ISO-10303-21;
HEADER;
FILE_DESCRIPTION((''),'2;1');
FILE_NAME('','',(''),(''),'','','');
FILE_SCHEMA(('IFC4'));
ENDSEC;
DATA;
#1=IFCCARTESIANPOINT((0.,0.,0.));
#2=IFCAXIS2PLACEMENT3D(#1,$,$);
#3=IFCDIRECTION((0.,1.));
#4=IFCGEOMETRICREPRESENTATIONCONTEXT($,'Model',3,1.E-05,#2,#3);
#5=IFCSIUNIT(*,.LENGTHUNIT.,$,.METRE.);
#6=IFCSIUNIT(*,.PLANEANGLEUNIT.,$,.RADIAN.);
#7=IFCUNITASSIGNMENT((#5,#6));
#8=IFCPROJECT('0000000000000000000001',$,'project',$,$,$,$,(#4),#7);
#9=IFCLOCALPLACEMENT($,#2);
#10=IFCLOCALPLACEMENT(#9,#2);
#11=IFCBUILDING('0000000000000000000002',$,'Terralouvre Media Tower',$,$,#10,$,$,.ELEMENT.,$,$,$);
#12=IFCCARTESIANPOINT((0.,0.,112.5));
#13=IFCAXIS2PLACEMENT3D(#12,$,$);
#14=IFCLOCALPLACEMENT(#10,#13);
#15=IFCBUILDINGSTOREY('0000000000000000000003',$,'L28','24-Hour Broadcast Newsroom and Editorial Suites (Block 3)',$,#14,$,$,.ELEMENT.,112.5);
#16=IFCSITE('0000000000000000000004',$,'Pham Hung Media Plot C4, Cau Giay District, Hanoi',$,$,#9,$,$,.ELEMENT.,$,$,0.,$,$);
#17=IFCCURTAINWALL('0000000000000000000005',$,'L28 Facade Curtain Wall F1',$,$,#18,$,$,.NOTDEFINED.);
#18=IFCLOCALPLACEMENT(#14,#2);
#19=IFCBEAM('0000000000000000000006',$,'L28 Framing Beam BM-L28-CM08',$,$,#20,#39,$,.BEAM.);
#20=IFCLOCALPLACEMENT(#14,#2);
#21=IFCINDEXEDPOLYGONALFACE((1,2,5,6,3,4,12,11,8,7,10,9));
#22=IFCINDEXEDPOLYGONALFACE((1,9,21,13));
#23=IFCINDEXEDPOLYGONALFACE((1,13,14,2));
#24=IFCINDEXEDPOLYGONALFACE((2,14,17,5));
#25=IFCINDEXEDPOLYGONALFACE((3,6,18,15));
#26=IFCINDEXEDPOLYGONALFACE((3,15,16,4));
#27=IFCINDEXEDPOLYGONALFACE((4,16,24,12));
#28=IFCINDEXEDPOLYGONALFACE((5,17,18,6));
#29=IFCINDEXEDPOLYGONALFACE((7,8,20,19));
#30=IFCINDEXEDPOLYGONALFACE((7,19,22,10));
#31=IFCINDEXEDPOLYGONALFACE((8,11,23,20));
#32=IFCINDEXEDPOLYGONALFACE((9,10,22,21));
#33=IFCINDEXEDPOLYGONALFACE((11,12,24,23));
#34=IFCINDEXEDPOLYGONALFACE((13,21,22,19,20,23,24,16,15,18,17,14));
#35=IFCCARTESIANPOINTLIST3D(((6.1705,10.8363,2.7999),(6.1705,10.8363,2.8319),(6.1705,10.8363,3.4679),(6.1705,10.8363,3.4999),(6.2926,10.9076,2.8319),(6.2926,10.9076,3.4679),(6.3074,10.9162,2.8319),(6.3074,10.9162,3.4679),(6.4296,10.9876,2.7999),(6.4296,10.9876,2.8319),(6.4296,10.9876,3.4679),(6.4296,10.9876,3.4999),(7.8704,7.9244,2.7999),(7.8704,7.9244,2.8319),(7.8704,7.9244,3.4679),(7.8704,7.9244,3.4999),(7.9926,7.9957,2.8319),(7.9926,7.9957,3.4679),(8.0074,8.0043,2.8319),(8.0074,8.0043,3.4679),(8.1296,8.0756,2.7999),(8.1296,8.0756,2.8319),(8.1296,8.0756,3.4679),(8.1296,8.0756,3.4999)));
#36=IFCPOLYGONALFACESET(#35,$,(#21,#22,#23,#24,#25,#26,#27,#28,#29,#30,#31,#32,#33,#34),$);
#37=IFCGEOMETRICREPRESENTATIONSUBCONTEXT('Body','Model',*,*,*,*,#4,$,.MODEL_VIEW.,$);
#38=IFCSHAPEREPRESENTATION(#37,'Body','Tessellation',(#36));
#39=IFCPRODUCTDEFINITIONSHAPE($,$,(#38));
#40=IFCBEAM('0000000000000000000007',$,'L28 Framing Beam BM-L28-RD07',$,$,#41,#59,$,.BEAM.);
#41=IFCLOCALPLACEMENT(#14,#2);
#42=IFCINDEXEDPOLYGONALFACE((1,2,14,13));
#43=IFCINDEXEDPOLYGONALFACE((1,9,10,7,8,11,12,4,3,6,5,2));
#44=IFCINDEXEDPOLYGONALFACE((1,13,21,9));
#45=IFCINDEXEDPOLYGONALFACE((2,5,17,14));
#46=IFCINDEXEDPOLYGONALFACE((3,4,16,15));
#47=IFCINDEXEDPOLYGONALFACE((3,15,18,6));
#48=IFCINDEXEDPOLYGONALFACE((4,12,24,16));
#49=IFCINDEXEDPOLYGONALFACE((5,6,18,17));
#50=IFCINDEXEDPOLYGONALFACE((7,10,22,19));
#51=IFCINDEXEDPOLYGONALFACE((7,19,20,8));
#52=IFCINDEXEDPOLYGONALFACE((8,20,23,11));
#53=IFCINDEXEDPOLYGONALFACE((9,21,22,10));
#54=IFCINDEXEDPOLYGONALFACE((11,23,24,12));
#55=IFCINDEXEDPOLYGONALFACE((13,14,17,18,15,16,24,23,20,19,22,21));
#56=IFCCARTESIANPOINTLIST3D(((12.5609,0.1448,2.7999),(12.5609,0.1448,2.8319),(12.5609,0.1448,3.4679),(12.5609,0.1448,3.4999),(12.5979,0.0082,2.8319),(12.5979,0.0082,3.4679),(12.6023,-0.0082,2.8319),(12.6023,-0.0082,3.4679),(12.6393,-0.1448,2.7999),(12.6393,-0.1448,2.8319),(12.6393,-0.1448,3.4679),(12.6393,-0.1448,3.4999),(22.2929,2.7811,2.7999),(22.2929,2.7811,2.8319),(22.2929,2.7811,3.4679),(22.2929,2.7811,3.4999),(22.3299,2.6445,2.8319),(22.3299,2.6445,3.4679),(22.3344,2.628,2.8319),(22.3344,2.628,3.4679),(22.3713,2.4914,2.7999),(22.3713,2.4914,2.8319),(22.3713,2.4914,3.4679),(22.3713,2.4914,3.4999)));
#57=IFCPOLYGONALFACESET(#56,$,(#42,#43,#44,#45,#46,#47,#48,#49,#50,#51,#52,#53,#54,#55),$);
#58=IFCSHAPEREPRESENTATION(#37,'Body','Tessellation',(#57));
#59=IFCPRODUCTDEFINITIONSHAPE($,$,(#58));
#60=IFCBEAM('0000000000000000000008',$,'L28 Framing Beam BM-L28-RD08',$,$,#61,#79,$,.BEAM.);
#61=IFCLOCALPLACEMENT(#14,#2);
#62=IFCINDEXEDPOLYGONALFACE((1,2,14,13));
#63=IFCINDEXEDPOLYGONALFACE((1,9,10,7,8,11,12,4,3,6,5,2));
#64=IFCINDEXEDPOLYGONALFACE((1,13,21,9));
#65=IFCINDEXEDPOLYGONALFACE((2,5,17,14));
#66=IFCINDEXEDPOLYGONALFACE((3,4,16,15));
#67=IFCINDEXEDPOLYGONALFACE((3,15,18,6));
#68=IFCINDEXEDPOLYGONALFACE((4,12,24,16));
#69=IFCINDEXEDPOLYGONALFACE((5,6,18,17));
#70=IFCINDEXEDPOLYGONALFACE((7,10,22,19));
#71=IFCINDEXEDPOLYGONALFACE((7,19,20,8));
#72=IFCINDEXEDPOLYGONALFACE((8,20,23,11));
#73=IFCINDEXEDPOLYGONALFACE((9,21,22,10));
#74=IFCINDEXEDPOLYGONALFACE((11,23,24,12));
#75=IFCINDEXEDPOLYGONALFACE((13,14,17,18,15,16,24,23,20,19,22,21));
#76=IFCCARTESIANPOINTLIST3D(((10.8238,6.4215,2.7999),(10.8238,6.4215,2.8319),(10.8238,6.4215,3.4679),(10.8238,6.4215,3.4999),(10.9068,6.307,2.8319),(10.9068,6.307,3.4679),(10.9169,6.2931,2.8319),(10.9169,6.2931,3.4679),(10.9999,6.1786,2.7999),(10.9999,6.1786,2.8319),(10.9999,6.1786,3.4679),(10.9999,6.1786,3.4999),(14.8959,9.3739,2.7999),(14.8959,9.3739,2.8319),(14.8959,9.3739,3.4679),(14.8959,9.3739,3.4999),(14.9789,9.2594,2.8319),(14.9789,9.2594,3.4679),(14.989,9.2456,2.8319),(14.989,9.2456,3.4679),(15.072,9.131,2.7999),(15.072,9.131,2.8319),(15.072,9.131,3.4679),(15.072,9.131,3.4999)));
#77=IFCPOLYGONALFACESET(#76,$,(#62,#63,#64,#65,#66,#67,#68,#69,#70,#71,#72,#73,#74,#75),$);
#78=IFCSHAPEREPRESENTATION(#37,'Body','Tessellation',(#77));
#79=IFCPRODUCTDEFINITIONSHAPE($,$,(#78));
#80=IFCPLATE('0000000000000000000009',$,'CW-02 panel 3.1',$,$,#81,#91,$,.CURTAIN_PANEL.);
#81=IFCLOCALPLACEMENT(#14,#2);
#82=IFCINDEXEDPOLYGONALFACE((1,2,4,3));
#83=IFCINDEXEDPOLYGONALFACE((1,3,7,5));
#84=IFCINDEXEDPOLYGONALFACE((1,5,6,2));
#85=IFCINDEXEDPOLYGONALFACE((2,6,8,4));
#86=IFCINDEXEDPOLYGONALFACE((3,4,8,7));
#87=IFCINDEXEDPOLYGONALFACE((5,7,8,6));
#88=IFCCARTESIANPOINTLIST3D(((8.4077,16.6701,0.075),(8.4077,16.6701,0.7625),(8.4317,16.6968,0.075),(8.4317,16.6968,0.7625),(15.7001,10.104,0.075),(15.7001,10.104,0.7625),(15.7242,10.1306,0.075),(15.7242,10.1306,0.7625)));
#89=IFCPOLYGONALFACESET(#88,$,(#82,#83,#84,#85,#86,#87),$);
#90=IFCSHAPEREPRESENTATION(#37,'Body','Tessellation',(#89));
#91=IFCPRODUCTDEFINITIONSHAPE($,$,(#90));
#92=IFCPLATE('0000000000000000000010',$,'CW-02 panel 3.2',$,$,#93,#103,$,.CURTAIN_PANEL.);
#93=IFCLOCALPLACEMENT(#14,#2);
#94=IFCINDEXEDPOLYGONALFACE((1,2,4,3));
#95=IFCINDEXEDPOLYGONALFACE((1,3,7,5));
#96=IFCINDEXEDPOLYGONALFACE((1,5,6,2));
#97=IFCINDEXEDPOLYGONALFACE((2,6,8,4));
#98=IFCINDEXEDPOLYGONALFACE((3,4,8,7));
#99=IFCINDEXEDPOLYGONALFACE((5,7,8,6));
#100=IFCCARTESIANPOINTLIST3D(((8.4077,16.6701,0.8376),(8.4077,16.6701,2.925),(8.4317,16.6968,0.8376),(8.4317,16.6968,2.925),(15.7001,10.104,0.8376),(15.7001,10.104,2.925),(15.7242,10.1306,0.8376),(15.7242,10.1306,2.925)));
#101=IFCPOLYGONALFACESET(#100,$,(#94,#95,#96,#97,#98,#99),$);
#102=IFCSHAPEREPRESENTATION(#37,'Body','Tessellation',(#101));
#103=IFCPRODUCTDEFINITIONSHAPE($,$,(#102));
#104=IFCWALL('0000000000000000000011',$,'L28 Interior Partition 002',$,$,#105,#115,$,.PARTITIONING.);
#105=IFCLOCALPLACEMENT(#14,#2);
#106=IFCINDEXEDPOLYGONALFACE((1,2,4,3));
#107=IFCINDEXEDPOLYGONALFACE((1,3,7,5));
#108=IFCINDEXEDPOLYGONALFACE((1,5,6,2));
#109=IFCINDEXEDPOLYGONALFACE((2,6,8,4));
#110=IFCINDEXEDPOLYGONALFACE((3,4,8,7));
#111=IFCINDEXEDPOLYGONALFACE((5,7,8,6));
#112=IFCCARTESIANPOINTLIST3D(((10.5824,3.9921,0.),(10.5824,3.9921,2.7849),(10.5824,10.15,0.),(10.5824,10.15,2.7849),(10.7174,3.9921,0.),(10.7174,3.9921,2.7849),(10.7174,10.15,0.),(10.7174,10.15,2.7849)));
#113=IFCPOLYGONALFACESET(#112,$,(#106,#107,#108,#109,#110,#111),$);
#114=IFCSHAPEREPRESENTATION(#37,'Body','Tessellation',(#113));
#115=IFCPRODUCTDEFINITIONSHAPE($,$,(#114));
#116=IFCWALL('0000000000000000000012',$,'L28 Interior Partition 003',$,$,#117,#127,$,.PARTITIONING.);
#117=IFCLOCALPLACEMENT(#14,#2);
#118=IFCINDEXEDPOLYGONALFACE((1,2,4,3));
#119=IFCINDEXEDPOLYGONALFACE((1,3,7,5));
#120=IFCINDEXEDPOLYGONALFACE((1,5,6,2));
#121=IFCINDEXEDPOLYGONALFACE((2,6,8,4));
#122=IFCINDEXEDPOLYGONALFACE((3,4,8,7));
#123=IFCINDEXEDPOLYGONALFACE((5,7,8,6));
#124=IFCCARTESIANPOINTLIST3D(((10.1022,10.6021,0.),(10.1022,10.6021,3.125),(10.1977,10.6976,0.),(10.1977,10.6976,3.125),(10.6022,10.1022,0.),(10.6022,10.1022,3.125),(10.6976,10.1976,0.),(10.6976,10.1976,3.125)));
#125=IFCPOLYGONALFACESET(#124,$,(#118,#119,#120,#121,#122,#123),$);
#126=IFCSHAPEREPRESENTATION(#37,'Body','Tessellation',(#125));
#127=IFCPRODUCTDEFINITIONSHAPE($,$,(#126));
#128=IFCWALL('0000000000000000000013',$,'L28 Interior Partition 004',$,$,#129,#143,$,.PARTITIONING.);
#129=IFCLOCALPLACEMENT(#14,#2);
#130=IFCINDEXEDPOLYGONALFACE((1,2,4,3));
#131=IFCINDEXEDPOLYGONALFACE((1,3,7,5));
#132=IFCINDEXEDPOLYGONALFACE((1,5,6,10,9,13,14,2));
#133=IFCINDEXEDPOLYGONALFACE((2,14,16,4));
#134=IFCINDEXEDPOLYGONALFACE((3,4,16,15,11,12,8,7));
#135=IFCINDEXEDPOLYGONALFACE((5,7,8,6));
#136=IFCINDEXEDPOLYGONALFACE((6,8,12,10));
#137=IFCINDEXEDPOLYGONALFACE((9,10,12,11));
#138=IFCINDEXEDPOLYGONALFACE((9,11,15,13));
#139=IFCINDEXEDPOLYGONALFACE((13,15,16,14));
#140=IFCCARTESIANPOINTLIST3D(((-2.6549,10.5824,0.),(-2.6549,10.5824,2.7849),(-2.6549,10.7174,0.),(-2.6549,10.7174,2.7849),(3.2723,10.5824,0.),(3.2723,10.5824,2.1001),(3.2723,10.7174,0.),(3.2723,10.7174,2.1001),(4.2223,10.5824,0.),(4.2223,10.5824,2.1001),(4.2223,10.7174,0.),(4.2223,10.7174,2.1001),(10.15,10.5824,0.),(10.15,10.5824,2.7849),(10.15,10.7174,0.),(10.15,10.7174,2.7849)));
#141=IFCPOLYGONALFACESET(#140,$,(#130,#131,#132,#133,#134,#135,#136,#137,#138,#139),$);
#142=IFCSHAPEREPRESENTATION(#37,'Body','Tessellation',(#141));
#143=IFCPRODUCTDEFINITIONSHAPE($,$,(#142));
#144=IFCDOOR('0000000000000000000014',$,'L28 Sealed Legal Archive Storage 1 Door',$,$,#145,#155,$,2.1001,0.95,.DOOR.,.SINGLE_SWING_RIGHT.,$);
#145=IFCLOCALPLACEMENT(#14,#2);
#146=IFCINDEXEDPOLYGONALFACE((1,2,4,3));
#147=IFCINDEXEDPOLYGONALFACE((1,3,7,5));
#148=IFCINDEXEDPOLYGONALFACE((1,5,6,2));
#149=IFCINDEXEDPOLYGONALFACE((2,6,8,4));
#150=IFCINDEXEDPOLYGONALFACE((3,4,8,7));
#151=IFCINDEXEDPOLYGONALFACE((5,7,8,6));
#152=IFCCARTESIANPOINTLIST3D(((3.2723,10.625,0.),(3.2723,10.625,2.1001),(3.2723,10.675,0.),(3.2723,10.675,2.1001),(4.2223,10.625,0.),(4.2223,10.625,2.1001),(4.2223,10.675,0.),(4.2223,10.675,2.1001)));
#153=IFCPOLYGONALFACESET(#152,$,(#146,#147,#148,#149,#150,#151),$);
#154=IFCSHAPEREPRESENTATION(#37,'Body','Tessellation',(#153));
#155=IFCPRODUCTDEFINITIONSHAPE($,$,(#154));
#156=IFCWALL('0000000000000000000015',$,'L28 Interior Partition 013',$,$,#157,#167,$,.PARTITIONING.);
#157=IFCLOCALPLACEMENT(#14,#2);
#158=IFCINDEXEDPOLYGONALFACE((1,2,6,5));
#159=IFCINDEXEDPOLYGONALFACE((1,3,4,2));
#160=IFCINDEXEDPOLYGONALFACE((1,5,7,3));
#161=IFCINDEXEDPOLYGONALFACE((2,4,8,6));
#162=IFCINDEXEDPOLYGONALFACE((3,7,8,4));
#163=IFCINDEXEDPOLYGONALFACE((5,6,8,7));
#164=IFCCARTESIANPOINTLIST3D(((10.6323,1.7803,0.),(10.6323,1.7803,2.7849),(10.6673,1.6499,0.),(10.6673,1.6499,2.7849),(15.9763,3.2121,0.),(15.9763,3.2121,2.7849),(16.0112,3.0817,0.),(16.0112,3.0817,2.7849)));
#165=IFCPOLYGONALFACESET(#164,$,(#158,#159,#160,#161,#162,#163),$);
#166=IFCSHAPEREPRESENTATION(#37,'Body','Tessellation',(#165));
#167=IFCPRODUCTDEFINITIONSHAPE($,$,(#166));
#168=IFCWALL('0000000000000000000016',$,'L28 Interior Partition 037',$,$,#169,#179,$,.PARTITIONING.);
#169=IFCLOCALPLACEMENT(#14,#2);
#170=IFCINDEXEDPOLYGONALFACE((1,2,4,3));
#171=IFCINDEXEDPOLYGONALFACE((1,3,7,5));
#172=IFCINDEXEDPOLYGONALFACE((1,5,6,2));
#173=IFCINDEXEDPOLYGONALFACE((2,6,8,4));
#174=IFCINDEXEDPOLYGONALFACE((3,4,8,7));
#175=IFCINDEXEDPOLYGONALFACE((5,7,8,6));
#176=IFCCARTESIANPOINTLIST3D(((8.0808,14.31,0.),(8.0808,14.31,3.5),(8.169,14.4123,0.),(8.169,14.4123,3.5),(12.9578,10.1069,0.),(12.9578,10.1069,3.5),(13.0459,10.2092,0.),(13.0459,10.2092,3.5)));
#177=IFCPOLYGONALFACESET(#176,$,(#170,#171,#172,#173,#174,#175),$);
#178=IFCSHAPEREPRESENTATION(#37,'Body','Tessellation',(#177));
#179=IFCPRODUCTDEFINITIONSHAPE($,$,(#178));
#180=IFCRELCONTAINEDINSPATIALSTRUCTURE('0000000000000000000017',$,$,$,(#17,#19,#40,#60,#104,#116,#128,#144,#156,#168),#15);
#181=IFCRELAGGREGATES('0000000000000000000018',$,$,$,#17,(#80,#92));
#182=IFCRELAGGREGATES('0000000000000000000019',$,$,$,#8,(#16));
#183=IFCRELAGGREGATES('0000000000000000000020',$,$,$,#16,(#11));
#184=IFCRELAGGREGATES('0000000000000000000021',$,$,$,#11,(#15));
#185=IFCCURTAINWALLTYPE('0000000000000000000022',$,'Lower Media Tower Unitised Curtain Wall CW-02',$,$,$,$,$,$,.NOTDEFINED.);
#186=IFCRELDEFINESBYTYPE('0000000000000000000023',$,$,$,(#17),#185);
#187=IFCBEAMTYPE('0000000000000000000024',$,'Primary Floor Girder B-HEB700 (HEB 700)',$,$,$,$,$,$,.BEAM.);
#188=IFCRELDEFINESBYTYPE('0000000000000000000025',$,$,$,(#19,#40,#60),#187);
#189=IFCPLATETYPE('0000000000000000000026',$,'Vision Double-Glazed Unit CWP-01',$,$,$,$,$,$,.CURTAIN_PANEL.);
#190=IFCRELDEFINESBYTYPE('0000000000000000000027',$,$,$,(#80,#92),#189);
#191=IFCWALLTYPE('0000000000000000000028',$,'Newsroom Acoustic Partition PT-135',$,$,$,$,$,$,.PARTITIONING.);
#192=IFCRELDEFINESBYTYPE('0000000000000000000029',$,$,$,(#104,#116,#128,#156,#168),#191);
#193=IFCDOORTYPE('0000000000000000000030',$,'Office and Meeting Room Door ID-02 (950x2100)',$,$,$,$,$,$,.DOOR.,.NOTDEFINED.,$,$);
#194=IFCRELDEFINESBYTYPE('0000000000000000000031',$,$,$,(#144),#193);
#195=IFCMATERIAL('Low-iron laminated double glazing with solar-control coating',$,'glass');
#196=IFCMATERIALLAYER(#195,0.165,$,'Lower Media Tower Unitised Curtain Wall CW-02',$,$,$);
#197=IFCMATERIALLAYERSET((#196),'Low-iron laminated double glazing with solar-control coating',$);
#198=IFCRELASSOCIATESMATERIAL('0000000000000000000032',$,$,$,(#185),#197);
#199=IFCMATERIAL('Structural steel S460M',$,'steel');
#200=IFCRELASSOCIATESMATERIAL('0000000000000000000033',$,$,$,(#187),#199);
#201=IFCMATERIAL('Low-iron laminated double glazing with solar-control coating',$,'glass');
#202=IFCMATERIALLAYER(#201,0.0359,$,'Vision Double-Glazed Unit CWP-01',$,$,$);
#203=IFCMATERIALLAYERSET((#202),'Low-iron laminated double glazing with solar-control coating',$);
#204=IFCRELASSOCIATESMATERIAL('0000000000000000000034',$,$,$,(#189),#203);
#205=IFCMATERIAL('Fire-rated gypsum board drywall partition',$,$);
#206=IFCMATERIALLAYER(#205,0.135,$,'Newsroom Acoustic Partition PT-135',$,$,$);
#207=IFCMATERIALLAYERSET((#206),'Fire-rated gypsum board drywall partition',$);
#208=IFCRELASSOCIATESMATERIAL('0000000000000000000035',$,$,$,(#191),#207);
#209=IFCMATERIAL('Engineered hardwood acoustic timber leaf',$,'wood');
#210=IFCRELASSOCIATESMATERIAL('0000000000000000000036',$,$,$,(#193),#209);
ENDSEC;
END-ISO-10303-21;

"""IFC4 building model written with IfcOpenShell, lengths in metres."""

from ifc_helpers import new_model, si_unit, direction, frame, frame_2d, origin, origin_2d, place, context, subcontext, project, spatial, rectangle, i_section, extrude, material, layer, layer_set, material_profile, profile_set, type_object, element, fill, aggregate, save


model = new_model("IFC4")

# Units and contexts
model_context = context("Model", 3, precision=1e-05, world=origin(), true_north=direction((0.0, 1.0)))
body_context = subcontext(model_context, "Body", "Model", "MODEL_VIEW")
ifc_project = project(units=[si_unit("LENGTHUNIT", "METRE"), si_unit("PLANEANGLEUNIT", "RADIAN")], contexts=[model_context])

# Site, building, storey
site_placement = place(None, origin())
site = spatial("IfcSite", under=ifc_project, at=site_placement, Name="Pham Hung Media Plot C4, Cau Giay District, Hanoi", CompositionType="ELEMENT", RefElevation=0.0)
building_placement = place(site_placement, origin())
building = spatial("IfcBuilding", under=site, at=building_placement, Name="Terralouvre Media Tower", CompositionType="ELEMENT")
storey_placement = place(building_placement, frame((0.0, 0.0, 112.5)))
storey = spatial("IfcBuildingStorey", under=building, at=storey_placement, Name="L28", Description="24-Hour Broadcast Newsroom and Editorial Suites (Block 3)", CompositionType="ELEMENT", Elevation=112.5)

# Curtain wall
ifc_material_1 = material(Name="Low-iron laminated double glazing with solar-control coating", Category="glass")
ifc_layer_1 = layer(ifc_material_1, 0.165, Name="Lower Media Tower Unitised Curtain Wall CW-02")
ifc_layer_set_1 = layer_set([ifc_layer_1], Name="Low-iron laminated double glazing with solar-control coating")
curtain_wall_type = type_object("IfcCurtainWallType", Name="Lower Media Tower Unitised Curtain Wall CW-02", PredefinedType="NOTDEFINED", material=ifc_layer_set_1)
curtain_wall_placement = place(storey_placement, origin())
curtain_wall = element("IfcCurtainWall", 1, at=curtain_wall_placement, inside=storey, type_object=curtain_wall_type, Name="L28 Facade Curtain Wall F1", PredefinedType="NOTDEFINED")

# Beams
ifc_material_2 = material(Name="Structural steel S460M", Category="steel")
ifc_material_profile_1 = material_profile(ifc_material_2, i_section(OverallWidth=0.3, OverallDepth=0.7, WebThickness=0.0171, FlangeThickness=0.032, at=origin_2d()), Name="HEB 700")
ifc_profile_set_1 = profile_set([ifc_material_profile_1], Name="Structural steel S460M")
beam_type_1 = type_object("IfcBeamType", Name="Primary Floor Girder B-HEB700 (HEB 700)", PredefinedType="BEAM", material=ifc_profile_set_1)
for number, where, z_axis, x_axis, name in (
    (2, (8.0, 8.0, 3.1499), (-0.504173, 0.863603, 0.0), (-0.863603, -0.504173, 0.0), "L28 Framing Beam BM-L28-CM08"),
):
    element("IfcBeam", number, at=place(storey_placement, frame(where, z_axis=z_axis, x_axis=x_axis)), inside=storey, type_object=beam_type_1, Name=name, PredefinedType="BEAM", context=body_context, shape_type="SweptSolid", body=[
        extrude(i_section(OverallWidth=0.3, OverallDepth=0.7, WebThickness=0.0171, FlangeThickness=0.032, at=origin_2d()), origin(), (0.0, 0.0, 1.0), 3.3718),
    ])
beam_1_placement = place(storey_placement, frame((12.6001, 0.0, 3.1499), z_axis=(0.965214, 0.261462, 0.0), x_axis=(-0.261462, 0.965214, 0.0)))
element("IfcBeam", 3, at=beam_1_placement, inside=storey, type_object=beam_type_1, Name="L28 Framing Beam BM-L28-RD07", PredefinedType="BEAM", context=body_context, shape_type="SweptSolid", body=[
    extrude(i_section(OverallWidth=0.3, OverallDepth=0.7, WebThickness=0.0171, FlangeThickness=0.032, at=origin_2d()), origin(), (0.0, 0.0, 1.0), 10.0828),
])
beam_2_placement = place(storey_placement, frame((10.9119, 6.3, 3.1499), z_axis=(0.809594, 0.586991, 0.0), x_axis=(-0.586991, 0.809594, 0.0)))
element("IfcBeam", 4, at=beam_2_placement, inside=storey, type_object=beam_type_1, Name="L28 Framing Beam BM-L28-RD08", PredefinedType="BEAM", context=body_context, shape_type="SweptSolid", body=[
    extrude(i_section(OverallWidth=0.3, OverallDepth=0.7, WebThickness=0.0171, FlangeThickness=0.032, at=origin_2d()), origin(), (0.0, 0.0, 1.0), 5.0298),
])

# Plates
ifc_material_3 = material(Name="Low-iron laminated double glazing with solar-control coating", Category="glass")
ifc_layer_2 = layer(ifc_material_3, 0.0359, Name="Vision Double-Glazed Unit CWP-01")
ifc_layer_set_2 = layer_set([ifc_layer_2], Name="Low-iron laminated double glazing with solar-control coating")
plate_type = type_object("IfcPlateType", Name="Vision Double-Glazed Unit CWP-01", PredefinedType="CURTAIN_PANEL", material=ifc_layer_set_2)
plate_1_placement = place(storey_placement, frame((12.0659, 13.4004, 0.075), z_axis=(0.0, 0.0, 1.0), x_axis=(-0.743145, 0.669131, 0.0)))
plate_1 = element("IfcPlate", 5, at=plate_1_placement, type_object=plate_type, Name="CW-02 panel 3.1", PredefinedType="CURTAIN_PANEL", context=body_context, shape_type="SweptSolid", body=[
    extrude(rectangle(XDim=9.813, YDim=0.0359, at=origin_2d()), origin(), (0.0, 0.0, 1.0), 0.6875),
])
plate_2_placement = place(storey_placement, frame((12.0659, 13.4004, 0.8376), z_axis=(0.0, 0.0, 1.0), x_axis=(-0.743145, 0.669131, 0.0)))
plate_2 = element("IfcPlate", 6, at=plate_2_placement, type_object=plate_type, Name="CW-02 panel 3.2", PredefinedType="CURTAIN_PANEL", context=body_context, shape_type="SweptSolid", body=[
    extrude(rectangle(XDim=9.813, YDim=0.0359, at=origin_2d()), origin(), (0.0, 0.0, 1.0), 2.0874),
])
aggregate(curtain_wall, [plate_1, plate_2])

# Walls
ifc_material_4 = material(Name="Fire-rated gypsum board drywall partition")
ifc_layer_3 = layer(ifc_material_4, 0.135, Name="Newsroom Acoustic Partition PT-135")
ifc_layer_set_3 = layer_set([ifc_layer_3], Name="Fire-rated gypsum board drywall partition")
wall_type = type_object("IfcWallType", Name="Newsroom Acoustic Partition PT-135", PredefinedType="PARTITIONING", material=ifc_layer_set_3)
wall_1_placement = place(storey_placement, frame((10.6499, 3.9919, 0.0), z_axis=(0.0, 0.0, 1.0), x_axis=(0.0, 1.0, 0.0)))
element("IfcWall", 7, at=wall_1_placement, inside=storey, type_object=wall_type, Name="L28 Interior Partition 002", PredefinedType="PARTITIONING", context=body_context, shape_type="SweptSolid", body=[
    extrude(rectangle(XDim=6.158, YDim=0.135, at=frame_2d((3.0791, 0.0))), origin(), (0.0, 0.0, 1.0), 2.7849),
])
wall_2_placement = place(storey_placement, frame((10.6499, 10.1499, 0.0), z_axis=(0.0, 0.0, 1.0), x_axis=(-0.707107, 0.707107, 0.0)))
element("IfcWall", 8, at=wall_2_placement, inside=storey, type_object=wall_type, Name="L28 Interior Partition 003", PredefinedType="PARTITIONING", context=body_context, shape_type="SweptSolid", body=[
    extrude(rectangle(XDim=0.707, YDim=0.135, at=frame_2d((0.3535, 0.0))), origin(), (0.0, 0.0, 1.0), 3.125),
])

# Wall, opening, door
wall_3_placement = place(storey_placement, frame((10.1499, 10.6499, 0.0), z_axis=(0.0, 0.0, 1.0), x_axis=(-1.0, 0.0, 0.0)))
wall_3 = element("IfcWall", 9, at=wall_3_placement, inside=storey, type_object=wall_type, Name="L28 Interior Partition 004", PredefinedType="PARTITIONING", context=body_context, shape_type="SweptSolid", body=[
    extrude(rectangle(XDim=12.8049, YDim=0.135, at=frame_2d((6.4023, 0.0))), origin(), (0.0, 0.0, 1.0), 2.7849),
])
opening_placement = place(wall_3_placement, frame((5.9275, 0.0, 0.0)))
opening = element("IfcOpeningElement", 10, at=opening_placement, cuts=wall_3, PredefinedType="OPENING", context=body_context, shape_type="SweptSolid", body=[
    extrude(rectangle(XDim=0.95, YDim=2.1001, at=frame_2d((0.4751, 1.05))), frame((0.0, 0.0774, 0.0), z_axis=(0.0, -1.0, 0.0), x_axis=(1.0, 0.0, 0.0)), (0.0, 0.0, 1.0), 0.155),
])
ifc_material_5 = material(Name="Engineered hardwood acoustic timber leaf", Category="wood")
door_type = type_object("IfcDoorType", Name="Office and Meeting Room Door ID-02 (950x2100)", OperationType="NOTDEFINED", PredefinedType="DOOR", material=ifc_material_5)
door_placement = place(opening_placement, origin())
door = element("IfcDoor", 11, at=door_placement, inside=storey, type_object=door_type, Name="L28 Sealed Legal Archive Storage 1 Door", OperationType="SINGLE_SWING_RIGHT", OverallHeight=2.1001, OverallWidth=0.95, PredefinedType="DOOR", context=body_context, shape_type="SweptSolid", body=[
    extrude(rectangle(XDim=0.95, YDim=2.1001, at=frame_2d((0.4751, 1.05))), frame((0.0, 0.0249, 0.0), z_axis=(0.0, -1.0, 0.0), x_axis=(1.0, 0.0, 0.0)), (0.0, 0.0, 1.0), 0.05),
])
fill(opening, door)

# Walls
wall_4_placement = place(storey_placement, frame((10.6499, 1.7151, 0.0), z_axis=(0.0, 0.0, 1.0), x_axis=(0.965927, 0.258813, 0.0)))
element("IfcWall", 12, at=wall_4_placement, inside=storey, type_object=wall_type, Name="L28 Interior Partition 013", PredefinedType="PARTITIONING", context=body_context, shape_type="SweptSolid", body=[
    extrude(rectangle(XDim=5.5325, YDim=0.135, at=frame_2d((2.7661, 0.0))), origin(), (0.0, 0.0, 1.0), 2.7849),
])
wall_5_placement = place(storey_placement, frame((13.002, 10.158, 0.0), z_axis=(0.0, 0.0, 1.0), x_axis=(-0.757498, 0.652838, 0.0)))
element("IfcWall", 13, at=wall_5_placement, inside=storey, type_object=wall_type, Name="L28 Interior Partition 037", PredefinedType="PARTITIONING", context=body_context, shape_type="SweptSolid", body=[
    extrude(rectangle(XDim=6.4382, YDim=0.135, at=frame_2d((3.2192, 0.0))), origin(), (0.0, 0.0, 1.0), 3.5),
])

save(model, "model.ifc")
